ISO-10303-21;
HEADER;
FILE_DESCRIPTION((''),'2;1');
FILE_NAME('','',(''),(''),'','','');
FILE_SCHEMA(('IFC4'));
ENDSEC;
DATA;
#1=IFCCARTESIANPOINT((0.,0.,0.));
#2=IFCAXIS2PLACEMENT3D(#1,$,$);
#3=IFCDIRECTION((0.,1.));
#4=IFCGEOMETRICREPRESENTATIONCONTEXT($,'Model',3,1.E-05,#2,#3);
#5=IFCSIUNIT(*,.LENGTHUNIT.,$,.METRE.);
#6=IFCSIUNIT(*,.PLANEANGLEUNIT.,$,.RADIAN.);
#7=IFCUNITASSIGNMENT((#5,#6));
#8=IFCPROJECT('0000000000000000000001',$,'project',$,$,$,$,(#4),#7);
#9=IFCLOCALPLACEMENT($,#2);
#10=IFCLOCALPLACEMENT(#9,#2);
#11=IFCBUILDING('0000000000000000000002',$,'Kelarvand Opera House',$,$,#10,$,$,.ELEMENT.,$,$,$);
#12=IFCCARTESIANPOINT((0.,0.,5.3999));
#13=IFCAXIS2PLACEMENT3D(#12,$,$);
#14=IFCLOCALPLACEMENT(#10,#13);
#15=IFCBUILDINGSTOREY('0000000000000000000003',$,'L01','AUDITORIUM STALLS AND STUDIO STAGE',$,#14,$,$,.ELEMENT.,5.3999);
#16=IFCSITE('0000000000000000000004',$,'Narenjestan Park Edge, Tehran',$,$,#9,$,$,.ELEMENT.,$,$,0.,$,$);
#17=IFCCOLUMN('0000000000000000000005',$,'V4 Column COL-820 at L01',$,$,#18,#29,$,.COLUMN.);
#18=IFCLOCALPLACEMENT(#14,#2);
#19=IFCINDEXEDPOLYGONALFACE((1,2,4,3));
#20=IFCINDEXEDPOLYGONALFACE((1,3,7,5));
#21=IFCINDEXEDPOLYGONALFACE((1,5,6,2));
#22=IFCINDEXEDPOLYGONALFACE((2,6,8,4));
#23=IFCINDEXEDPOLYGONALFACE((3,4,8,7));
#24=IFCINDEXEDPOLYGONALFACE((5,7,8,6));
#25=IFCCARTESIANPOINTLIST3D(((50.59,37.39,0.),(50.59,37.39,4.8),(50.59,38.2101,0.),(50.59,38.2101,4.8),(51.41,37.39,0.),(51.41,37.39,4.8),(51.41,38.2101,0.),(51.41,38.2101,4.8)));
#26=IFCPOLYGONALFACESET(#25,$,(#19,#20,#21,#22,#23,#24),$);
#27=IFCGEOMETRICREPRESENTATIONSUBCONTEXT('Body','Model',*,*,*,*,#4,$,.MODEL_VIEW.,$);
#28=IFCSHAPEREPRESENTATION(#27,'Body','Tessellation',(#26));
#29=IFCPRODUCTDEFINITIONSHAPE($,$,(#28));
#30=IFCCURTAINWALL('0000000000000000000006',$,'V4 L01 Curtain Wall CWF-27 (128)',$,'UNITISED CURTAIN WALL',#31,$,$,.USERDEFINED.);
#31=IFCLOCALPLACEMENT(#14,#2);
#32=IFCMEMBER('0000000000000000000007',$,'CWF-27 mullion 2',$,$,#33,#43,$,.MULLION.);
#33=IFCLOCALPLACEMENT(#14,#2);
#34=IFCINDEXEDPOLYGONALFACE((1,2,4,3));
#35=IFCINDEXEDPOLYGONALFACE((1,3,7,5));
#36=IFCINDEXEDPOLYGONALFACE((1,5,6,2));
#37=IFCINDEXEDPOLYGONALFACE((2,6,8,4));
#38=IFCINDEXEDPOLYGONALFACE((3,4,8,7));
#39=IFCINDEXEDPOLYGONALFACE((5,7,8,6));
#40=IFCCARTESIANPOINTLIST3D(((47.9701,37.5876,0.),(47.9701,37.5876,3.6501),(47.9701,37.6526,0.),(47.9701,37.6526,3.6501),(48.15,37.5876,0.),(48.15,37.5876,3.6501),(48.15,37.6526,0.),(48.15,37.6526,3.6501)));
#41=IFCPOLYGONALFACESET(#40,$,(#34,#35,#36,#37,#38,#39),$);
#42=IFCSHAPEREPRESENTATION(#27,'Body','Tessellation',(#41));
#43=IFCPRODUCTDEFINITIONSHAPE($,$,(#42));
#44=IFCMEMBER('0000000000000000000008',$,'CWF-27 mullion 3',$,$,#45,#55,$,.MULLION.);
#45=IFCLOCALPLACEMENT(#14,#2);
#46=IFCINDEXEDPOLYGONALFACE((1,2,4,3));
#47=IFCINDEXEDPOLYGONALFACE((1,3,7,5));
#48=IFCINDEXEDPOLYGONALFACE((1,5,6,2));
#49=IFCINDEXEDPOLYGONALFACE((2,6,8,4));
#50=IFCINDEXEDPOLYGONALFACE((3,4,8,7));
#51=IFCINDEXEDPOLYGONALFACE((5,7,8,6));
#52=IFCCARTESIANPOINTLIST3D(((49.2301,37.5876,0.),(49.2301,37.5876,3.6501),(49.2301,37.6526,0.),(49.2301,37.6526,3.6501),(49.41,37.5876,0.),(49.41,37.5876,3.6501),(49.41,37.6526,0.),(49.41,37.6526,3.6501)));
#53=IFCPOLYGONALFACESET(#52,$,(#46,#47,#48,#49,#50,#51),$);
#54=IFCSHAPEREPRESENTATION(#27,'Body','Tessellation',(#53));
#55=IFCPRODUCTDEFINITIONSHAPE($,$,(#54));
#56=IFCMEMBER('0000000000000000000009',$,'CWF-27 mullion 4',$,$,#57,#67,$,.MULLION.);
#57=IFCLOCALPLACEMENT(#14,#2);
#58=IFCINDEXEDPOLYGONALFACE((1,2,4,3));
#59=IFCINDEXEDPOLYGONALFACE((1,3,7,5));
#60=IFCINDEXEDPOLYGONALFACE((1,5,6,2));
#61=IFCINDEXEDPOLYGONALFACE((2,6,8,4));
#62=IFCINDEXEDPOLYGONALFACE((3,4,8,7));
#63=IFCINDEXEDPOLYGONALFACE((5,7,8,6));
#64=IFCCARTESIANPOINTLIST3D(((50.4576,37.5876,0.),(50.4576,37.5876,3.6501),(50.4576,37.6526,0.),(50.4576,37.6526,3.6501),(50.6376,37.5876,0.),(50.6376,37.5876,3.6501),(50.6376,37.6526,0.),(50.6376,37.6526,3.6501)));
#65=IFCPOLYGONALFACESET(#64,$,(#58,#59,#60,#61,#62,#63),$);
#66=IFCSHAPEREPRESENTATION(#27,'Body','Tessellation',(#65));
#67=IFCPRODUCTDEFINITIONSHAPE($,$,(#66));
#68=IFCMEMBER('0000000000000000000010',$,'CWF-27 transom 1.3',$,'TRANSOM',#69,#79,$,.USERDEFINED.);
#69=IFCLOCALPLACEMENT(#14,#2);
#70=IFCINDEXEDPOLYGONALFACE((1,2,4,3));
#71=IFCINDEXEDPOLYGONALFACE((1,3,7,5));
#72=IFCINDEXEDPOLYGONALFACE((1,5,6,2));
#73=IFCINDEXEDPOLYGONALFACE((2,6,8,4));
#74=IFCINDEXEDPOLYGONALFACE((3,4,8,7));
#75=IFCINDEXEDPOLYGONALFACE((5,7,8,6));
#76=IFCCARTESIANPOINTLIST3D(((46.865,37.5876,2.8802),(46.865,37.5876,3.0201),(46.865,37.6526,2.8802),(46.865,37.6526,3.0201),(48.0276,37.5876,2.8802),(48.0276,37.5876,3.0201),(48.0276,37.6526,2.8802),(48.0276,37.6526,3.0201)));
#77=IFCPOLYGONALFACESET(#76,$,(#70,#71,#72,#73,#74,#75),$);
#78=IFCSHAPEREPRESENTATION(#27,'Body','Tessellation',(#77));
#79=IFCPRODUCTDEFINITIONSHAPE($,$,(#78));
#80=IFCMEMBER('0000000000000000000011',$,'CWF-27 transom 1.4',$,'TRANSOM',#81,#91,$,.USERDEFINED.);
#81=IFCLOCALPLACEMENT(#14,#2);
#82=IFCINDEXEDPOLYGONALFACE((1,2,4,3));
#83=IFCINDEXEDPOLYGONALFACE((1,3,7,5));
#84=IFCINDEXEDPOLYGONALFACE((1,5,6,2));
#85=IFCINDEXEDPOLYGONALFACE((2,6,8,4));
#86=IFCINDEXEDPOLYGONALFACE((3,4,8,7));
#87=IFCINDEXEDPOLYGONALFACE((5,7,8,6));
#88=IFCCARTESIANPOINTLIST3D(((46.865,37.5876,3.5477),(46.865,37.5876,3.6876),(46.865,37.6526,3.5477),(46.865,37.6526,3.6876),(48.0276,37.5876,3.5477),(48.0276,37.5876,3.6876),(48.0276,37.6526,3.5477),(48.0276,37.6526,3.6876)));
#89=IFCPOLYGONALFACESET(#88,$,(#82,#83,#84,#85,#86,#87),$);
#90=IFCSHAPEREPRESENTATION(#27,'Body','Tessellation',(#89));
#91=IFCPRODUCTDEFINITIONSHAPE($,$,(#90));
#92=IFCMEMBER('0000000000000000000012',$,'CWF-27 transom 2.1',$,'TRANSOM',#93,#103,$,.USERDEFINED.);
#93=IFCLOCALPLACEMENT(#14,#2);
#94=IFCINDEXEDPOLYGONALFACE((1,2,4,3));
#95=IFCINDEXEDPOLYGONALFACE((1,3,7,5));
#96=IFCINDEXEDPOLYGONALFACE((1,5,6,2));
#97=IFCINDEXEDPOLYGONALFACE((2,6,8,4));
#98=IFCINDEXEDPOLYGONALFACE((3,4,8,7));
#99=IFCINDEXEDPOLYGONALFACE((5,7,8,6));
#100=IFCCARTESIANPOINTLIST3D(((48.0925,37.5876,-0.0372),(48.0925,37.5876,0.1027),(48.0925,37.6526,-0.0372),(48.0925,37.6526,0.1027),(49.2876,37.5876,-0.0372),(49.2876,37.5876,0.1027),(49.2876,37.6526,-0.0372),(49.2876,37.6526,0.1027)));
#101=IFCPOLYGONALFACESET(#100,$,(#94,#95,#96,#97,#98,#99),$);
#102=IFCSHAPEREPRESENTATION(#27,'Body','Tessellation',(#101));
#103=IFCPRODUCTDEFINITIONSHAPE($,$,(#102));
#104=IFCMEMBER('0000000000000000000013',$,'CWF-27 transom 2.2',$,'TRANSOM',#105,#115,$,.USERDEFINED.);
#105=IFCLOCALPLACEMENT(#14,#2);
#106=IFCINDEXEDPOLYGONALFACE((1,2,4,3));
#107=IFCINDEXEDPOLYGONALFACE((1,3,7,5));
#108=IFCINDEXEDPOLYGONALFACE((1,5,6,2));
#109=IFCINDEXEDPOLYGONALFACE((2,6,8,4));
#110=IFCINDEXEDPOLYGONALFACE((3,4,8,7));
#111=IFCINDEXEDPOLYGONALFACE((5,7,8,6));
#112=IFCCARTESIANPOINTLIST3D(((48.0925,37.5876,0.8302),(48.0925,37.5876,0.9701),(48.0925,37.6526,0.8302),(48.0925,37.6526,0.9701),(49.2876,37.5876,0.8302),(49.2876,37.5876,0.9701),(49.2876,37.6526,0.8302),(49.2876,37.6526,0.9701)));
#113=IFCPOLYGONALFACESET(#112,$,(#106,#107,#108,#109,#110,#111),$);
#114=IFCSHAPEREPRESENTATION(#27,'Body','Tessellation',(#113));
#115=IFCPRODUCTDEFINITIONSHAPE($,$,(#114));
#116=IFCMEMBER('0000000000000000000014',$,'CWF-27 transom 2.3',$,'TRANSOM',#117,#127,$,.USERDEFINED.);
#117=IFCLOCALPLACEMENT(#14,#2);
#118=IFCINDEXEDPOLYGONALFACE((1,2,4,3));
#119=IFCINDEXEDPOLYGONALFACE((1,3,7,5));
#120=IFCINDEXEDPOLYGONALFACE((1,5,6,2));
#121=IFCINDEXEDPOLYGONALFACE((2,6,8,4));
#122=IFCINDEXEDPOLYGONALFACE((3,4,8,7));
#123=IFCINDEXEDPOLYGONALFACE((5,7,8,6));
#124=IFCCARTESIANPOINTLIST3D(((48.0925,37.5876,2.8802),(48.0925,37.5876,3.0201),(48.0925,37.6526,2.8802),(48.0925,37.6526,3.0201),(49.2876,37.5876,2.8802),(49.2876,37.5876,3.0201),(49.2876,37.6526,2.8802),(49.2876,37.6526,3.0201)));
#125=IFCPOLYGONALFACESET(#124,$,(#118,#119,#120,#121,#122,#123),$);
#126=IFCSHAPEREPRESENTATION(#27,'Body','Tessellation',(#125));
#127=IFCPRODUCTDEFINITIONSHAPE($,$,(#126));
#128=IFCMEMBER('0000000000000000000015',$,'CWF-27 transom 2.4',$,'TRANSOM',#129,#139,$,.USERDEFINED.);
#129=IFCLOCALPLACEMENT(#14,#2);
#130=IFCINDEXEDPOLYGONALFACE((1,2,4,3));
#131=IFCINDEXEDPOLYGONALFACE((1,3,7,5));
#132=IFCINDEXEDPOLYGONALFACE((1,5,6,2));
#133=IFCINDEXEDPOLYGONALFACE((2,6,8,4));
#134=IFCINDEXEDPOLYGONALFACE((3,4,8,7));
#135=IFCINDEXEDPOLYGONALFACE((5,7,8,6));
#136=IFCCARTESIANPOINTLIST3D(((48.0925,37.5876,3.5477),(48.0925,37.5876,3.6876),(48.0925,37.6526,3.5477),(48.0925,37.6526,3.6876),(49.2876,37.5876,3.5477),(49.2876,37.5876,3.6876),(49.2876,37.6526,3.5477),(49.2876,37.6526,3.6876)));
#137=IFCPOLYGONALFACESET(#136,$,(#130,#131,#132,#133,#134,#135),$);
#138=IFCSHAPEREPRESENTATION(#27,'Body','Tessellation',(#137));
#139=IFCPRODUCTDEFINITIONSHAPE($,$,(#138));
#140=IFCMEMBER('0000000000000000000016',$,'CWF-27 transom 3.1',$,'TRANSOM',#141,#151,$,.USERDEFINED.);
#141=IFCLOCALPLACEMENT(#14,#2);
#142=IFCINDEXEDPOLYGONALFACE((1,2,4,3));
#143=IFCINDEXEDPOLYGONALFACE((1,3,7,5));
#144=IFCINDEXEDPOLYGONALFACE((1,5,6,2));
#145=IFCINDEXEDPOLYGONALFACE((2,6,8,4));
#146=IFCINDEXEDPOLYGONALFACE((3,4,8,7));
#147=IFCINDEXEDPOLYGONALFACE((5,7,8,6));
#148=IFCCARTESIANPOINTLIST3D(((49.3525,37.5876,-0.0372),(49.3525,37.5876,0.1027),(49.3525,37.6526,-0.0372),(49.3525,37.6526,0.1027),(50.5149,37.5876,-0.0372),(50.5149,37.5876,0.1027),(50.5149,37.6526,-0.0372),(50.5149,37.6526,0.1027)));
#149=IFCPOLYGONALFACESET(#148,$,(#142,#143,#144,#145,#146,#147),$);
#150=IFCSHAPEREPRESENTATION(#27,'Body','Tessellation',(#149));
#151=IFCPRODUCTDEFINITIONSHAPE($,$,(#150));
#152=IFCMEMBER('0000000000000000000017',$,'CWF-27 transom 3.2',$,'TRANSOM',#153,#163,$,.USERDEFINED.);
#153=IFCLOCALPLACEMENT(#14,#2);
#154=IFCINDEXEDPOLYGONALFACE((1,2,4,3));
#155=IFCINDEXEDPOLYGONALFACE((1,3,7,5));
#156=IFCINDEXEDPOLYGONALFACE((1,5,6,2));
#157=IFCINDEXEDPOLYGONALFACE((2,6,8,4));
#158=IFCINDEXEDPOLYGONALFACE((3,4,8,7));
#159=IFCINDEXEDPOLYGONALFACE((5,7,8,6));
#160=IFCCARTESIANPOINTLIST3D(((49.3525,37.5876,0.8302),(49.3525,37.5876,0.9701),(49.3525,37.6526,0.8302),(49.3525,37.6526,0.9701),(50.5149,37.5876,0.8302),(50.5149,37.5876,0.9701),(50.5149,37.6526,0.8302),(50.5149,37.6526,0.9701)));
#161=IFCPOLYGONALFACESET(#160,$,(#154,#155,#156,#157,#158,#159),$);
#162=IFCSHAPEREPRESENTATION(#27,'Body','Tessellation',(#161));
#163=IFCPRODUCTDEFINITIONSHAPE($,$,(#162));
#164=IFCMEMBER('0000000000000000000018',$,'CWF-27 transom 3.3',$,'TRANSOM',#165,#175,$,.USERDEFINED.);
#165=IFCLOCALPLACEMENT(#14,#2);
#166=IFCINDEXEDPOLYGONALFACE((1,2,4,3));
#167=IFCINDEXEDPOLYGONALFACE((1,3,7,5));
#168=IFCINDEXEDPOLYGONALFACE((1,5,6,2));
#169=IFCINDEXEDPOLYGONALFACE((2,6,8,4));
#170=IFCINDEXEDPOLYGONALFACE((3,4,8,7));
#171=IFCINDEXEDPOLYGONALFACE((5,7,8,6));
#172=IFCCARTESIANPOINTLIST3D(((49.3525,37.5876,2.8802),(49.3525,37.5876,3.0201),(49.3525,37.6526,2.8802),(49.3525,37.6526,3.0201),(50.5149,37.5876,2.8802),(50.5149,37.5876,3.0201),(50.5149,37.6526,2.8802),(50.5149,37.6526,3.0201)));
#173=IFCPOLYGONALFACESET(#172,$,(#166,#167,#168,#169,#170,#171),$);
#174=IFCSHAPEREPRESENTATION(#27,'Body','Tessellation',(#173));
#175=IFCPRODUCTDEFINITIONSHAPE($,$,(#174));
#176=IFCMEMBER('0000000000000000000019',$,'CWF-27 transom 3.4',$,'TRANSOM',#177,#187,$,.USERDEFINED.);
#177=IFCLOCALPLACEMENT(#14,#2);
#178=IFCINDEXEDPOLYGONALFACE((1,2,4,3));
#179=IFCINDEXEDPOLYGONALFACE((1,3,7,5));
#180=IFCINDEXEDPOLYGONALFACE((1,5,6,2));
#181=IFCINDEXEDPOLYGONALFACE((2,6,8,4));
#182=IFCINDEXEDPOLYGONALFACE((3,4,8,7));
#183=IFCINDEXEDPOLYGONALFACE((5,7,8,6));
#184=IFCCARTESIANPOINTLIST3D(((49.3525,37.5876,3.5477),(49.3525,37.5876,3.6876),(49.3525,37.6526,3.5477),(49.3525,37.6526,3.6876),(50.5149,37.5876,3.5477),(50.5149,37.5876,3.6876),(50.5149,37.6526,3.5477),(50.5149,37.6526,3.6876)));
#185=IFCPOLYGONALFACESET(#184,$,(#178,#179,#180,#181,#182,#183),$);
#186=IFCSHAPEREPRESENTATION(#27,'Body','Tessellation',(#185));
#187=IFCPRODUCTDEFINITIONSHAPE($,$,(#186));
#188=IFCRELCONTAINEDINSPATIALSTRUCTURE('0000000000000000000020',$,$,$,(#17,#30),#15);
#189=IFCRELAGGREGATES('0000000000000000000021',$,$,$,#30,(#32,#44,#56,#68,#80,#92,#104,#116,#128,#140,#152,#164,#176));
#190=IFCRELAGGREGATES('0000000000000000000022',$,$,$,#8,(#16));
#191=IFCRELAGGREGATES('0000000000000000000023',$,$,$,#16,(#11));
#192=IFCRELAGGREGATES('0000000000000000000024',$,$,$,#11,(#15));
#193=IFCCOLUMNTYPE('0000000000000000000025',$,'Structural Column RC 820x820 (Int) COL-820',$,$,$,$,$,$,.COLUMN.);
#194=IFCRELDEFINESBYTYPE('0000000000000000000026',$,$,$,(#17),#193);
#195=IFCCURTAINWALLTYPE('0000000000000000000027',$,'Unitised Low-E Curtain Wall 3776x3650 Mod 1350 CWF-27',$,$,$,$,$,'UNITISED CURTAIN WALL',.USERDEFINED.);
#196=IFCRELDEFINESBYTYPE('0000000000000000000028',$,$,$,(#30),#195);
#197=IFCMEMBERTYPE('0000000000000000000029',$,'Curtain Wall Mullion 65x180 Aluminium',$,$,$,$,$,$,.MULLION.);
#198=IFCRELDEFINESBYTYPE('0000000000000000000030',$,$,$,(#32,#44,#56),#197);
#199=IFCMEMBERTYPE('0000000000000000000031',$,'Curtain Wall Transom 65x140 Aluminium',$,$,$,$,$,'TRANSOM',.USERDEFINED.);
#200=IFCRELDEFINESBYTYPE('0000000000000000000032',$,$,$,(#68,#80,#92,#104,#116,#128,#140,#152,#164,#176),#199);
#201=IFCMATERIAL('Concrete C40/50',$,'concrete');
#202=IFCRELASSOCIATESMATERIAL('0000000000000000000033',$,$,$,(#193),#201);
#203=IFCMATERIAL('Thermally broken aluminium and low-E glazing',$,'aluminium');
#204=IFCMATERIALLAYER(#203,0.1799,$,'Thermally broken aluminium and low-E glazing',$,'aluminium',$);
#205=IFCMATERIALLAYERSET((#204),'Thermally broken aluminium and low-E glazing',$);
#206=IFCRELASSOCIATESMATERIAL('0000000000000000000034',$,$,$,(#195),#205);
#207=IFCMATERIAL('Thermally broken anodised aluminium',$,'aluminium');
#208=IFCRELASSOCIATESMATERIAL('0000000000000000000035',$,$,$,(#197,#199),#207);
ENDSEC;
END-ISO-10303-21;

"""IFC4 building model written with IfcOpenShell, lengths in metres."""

from ifc_helpers import new_model, si_unit, direction, frame, origin, origin_2d, place, context, subcontext, project, spatial, rectangle, extrude, material, layer, layer_set, material_profile, profile_set, type_object, element, aggregate, save


model = new_model("IFC4")

# Units and contexts
model_context = context("Model", 3, precision=1e-05, world=origin(), true_north=direction((0.0, 1.0)))
body_context = subcontext(model_context, "Body", "Model", "MODEL_VIEW")
ifc_project = project(units=[si_unit("LENGTHUNIT", "METRE"), si_unit("PLANEANGLEUNIT", "RADIAN")], contexts=[model_context])

# Site, building, storey
site_placement = place(None, origin())
site = spatial("IfcSite", under=ifc_project, at=site_placement, Name="Narenjestan Park Edge, Tehran", CompositionType="ELEMENT", RefElevation=0.0)
building_placement = place(site_placement, origin())
building = spatial("IfcBuilding", under=site, at=building_placement, Name="Kelarvand Opera House", CompositionType="ELEMENT")
storey_placement = place(building_placement, frame((0.0, 0.0, 5.3999)))
storey = spatial("IfcBuildingStorey", under=building, at=storey_placement, Name="L01", Description="AUDITORIUM STALLS AND STUDIO STAGE", CompositionType="ELEMENT", Elevation=5.3999)

# Column
ifc_material_1 = material(Name="Concrete C40/50", Category="concrete")
ifc_material_profile_1 = material_profile(ifc_material_1, rectangle(XDim=0.8201, YDim=0.8201, at=origin_2d()), Name="RC 820x820", Category="concrete")
ifc_profile_set_1 = profile_set([ifc_material_profile_1], Name="Concrete C40/50")
column_type = type_object("IfcColumnType", Name="Structural Column RC 820x820 (Int) COL-820", PredefinedType="COLUMN", material=ifc_profile_set_1)
column_placement = place(storey_placement, frame((51.0, 37.8, 0.0), z_axis=(0.0, 0.0, 1.0), x_axis=(1.0, 0.0, 0.0)))
element("IfcColumn", 1, at=column_placement, inside=storey, type_object=column_type, Name="V4 Column COL-820 at L01", PredefinedType="COLUMN", context=body_context, shape_type="SweptSolid", body=[
    extrude(rectangle(XDim=0.8201, YDim=0.8201, at=origin_2d()), origin(), (0.0, 0.0, 1.0), 4.8),
])

# Curtain wall, members
ifc_material_2 = material(Name="Thermally broken aluminium and low-E glazing", Category="aluminium")
ifc_layer_1 = layer(ifc_material_2, 0.1799, Name="Thermally broken aluminium and low-E glazing", Category="aluminium")
ifc_layer_set_1 = layer_set([ifc_layer_1], Name="Thermally broken aluminium and low-E glazing")
curtain_wall_type = type_object("IfcCurtainWallType", Name="Unitised Low-E Curtain Wall 3776x3650 Mod 1350 CWF-27", ElementType="UNITISED CURTAIN WALL", PredefinedType="USERDEFINED", material=ifc_layer_set_1)
curtain_wall_placement = place(storey_placement, origin())
curtain_wall = element("IfcCurtainWall", 2, at=curtain_wall_placement, inside=storey, type_object=curtain_wall_type, Name="V4 L01 Curtain Wall CWF-27 (128)", ObjectType="UNITISED CURTAIN WALL", PredefinedType="USERDEFINED")
ifc_material_3 = material(Name="Thermally broken anodised aluminium", Category="aluminium")
ifc_material_profile_2 = material_profile(ifc_material_3, rectangle(XDim=0.0649, YDim=0.1799, at=origin_2d()), Name="ALU MULLION 65x180", Category="aluminium")
ifc_profile_set_2 = profile_set([ifc_material_profile_2], Name="Thermally broken anodised aluminium")
member_type_1 = type_object("IfcMemberType", Name="Curtain Wall Mullion 65x180 Aluminium", PredefinedType="MULLION", material=ifc_profile_set_2)
member_1_placement = place(storey_placement, frame((48.0601, 37.6201, 0.0), z_axis=(0.0, 0.0, 1.0), x_axis=(0.0, 1.0, 0.0)))
member_1 = element("IfcMember", 3, at=member_1_placement, type_object=member_type_1, Name="CWF-27 mullion 2", PredefinedType="MULLION", context=body_context, shape_type="SweptSolid", body=[
    extrude(rectangle(XDim=0.0649, YDim=0.1799, at=origin_2d()), origin(), (0.0, 0.0, 1.0), 3.6501),
])
member_2_placement = place(storey_placement, frame((49.3201, 37.6201, 0.0), z_axis=(0.0, 0.0, 1.0), x_axis=(0.0, 1.0, 0.0)))
member_2 = element("IfcMember", 4, at=member_2_placement, type_object=member_type_1, Name="CWF-27 mullion 3", PredefinedType="MULLION", context=body_context, shape_type="SweptSolid", body=[
    extrude(rectangle(XDim=0.0649, YDim=0.1799, at=origin_2d()), origin(), (0.0, 0.0, 1.0), 3.6501),
])
member_3_placement = place(storey_placement, frame((50.5476, 37.6201, 0.0), z_axis=(0.0, 0.0, 1.0), x_axis=(0.0, 1.0, 0.0)))
member_3 = element("IfcMember", 5, at=member_3_placement, type_object=member_type_1, Name="CWF-27 mullion 4", PredefinedType="MULLION", context=body_context, shape_type="SweptSolid", body=[
    extrude(rectangle(XDim=0.0649, YDim=0.1799, at=origin_2d()), origin(), (0.0, 0.0, 1.0), 3.6501),
])
ifc_material_profile_3 = material_profile(ifc_material_3, rectangle(XDim=0.0649, YDim=0.1399, at=origin_2d()), Name="ALU TRANSOM 65x140", Category="aluminium")
ifc_profile_set_3 = profile_set([ifc_material_profile_3], Name="Thermally broken anodised aluminium")
member_type_2 = type_object("IfcMemberType", Name="Curtain Wall Transom 65x140 Aluminium", ElementType="TRANSOM", PredefinedType="USERDEFINED", material=ifc_profile_set_3)
member_4_placement = place(storey_placement, frame((46.865, 37.6201, 2.9502), z_axis=(1.0, 0.0, 0.0), x_axis=(0.0, 1.0, 0.0)))
member_4 = element("IfcMember", 6, at=member_4_placement, type_object=member_type_2, Name="CWF-27 transom 1.3", ObjectType="TRANSOM", PredefinedType="USERDEFINED", context=body_context, shape_type="SweptSolid", body=[
    extrude(rectangle(XDim=0.0649, YDim=0.1399, at=origin_2d()), origin(), (0.0, 0.0, 1.0), 1.1626),
])
member_5_placement = place(storey_placement, frame((46.865, 37.6201, 3.6177), z_axis=(1.0, 0.0, 0.0), x_axis=(0.0, 1.0, 0.0)))
member_5 = element("IfcMember", 7, at=member_5_placement, type_object=member_type_2, Name="CWF-27 transom 1.4", ObjectType="TRANSOM", PredefinedType="USERDEFINED", context=body_context, shape_type="SweptSolid", body=[
    extrude(rectangle(XDim=0.0649, YDim=0.1399, at=origin_2d()), origin(), (0.0, 0.0, 1.0), 1.1626),
])
member_6_placement = place(storey_placement, frame((48.0925, 37.6201, 0.0327), z_axis=(1.0, 0.0, 0.0), x_axis=(0.0, 1.0, 0.0)))
member_6 = element("IfcMember", 8, at=member_6_placement, type_object=member_type_2, Name="CWF-27 transom 2.1", ObjectType="TRANSOM", PredefinedType="USERDEFINED", context=body_context, shape_type="SweptSolid", body=[
    extrude(rectangle(XDim=0.0649, YDim=0.1399, at=origin_2d()), origin(), (0.0, 0.0, 1.0), 1.1951),
])
member_7_placement = place(storey_placement, frame((48.0925, 37.6201, 0.9001), z_axis=(1.0, 0.0, 0.0), x_axis=(0.0, 1.0, 0.0)))
member_7 = element("IfcMember", 9, at=member_7_placement, type_object=member_type_2, Name="CWF-27 transom 2.2", ObjectType="TRANSOM", PredefinedType="USERDEFINED", context=body_context, shape_type="SweptSolid", body=[
    extrude(rectangle(XDim=0.0649, YDim=0.1399, at=origin_2d()), origin(), (0.0, 0.0, 1.0), 1.1951),
])
member_8_placement = place(storey_placement, frame((48.0925, 37.6201, 2.9502), z_axis=(1.0, 0.0, 0.0), x_axis=(0.0, 1.0, 0.0)))
member_8 = element("IfcMember", 10, at=member_8_placement, type_object=member_type_2, Name="CWF-27 transom 2.3", ObjectType="TRANSOM", PredefinedType="USERDEFINED", context=body_context, shape_type="SweptSolid", body=[
    extrude(rectangle(XDim=0.0649, YDim=0.1399, at=origin_2d()), origin(), (0.0, 0.0, 1.0), 1.1951),
])
member_9_placement = place(storey_placement, frame((48.0925, 37.6201, 3.6177), z_axis=(1.0, 0.0, 0.0), x_axis=(0.0, 1.0, 0.0)))
member_9 = element("IfcMember", 11, at=member_9_placement, type_object=member_type_2, Name="CWF-27 transom 2.4", ObjectType="TRANSOM", PredefinedType="USERDEFINED", context=body_context, shape_type="SweptSolid", body=[
    extrude(rectangle(XDim=0.0649, YDim=0.1399, at=origin_2d()), origin(), (0.0, 0.0, 1.0), 1.1951),
])
member_10_placement = place(storey_placement, frame((49.3525, 37.6201, 0.0327), z_axis=(1.0, 0.0, 0.0), x_axis=(0.0, 1.0, 0.0)))
member_10 = element("IfcMember", 12, at=member_10_placement, type_object=member_type_2, Name="CWF-27 transom 3.1", ObjectType="TRANSOM", PredefinedType="USERDEFINED", context=body_context, shape_type="SweptSolid", body=[
    extrude(rectangle(XDim=0.0649, YDim=0.1399, at=origin_2d()), origin(), (0.0, 0.0, 1.0), 1.1624),
])
member_11_placement = place(storey_placement, frame((49.3525, 37.6201, 0.9001), z_axis=(1.0, 0.0, 0.0), x_axis=(0.0, 1.0, 0.0)))
member_11 = element("IfcMember", 13, at=member_11_placement, type_object=member_type_2, Name="CWF-27 transom 3.2", ObjectType="TRANSOM", PredefinedType="USERDEFINED", context=body_context, shape_type="SweptSolid", body=[
    extrude(rectangle(XDim=0.0649, YDim=0.1399, at=origin_2d()), origin(), (0.0, 0.0, 1.0), 1.1624),
])
member_12_placement = place(storey_placement, frame((49.3525, 37.6201, 2.9502), z_axis=(1.0, 0.0, 0.0), x_axis=(0.0, 1.0, 0.0)))
member_12 = element("IfcMember", 14, at=member_12_placement, type_object=member_type_2, Name="CWF-27 transom 3.3", ObjectType="TRANSOM", PredefinedType="USERDEFINED", context=body_context, shape_type="SweptSolid", body=[
    extrude(rectangle(XDim=0.0649, YDim=0.1399, at=origin_2d()), origin(), (0.0, 0.0, 1.0), 1.1624),
])
member_13_placement = place(storey_placement, frame((49.3525, 37.6201, 3.6177), z_axis=(1.0, 0.0, 0.0), x_axis=(0.0, 1.0, 0.0)))
member_13 = element("IfcMember", 15, at=member_13_placement, type_object=member_type_2, Name="CWF-27 transom 3.4", ObjectType="TRANSOM", PredefinedType="USERDEFINED", context=body_context, shape_type="SweptSolid", body=[
    extrude(rectangle(XDim=0.0649, YDim=0.1399, at=origin_2d()), origin(), (0.0, 0.0, 1.0), 1.1624),
])

aggregate(curtain_wall, [member_1, member_2, member_3, member_4, member_5, member_6, member_7, member_8, member_9, member_10, member_11, member_12, member_13])

save(model, "model.ifc")
